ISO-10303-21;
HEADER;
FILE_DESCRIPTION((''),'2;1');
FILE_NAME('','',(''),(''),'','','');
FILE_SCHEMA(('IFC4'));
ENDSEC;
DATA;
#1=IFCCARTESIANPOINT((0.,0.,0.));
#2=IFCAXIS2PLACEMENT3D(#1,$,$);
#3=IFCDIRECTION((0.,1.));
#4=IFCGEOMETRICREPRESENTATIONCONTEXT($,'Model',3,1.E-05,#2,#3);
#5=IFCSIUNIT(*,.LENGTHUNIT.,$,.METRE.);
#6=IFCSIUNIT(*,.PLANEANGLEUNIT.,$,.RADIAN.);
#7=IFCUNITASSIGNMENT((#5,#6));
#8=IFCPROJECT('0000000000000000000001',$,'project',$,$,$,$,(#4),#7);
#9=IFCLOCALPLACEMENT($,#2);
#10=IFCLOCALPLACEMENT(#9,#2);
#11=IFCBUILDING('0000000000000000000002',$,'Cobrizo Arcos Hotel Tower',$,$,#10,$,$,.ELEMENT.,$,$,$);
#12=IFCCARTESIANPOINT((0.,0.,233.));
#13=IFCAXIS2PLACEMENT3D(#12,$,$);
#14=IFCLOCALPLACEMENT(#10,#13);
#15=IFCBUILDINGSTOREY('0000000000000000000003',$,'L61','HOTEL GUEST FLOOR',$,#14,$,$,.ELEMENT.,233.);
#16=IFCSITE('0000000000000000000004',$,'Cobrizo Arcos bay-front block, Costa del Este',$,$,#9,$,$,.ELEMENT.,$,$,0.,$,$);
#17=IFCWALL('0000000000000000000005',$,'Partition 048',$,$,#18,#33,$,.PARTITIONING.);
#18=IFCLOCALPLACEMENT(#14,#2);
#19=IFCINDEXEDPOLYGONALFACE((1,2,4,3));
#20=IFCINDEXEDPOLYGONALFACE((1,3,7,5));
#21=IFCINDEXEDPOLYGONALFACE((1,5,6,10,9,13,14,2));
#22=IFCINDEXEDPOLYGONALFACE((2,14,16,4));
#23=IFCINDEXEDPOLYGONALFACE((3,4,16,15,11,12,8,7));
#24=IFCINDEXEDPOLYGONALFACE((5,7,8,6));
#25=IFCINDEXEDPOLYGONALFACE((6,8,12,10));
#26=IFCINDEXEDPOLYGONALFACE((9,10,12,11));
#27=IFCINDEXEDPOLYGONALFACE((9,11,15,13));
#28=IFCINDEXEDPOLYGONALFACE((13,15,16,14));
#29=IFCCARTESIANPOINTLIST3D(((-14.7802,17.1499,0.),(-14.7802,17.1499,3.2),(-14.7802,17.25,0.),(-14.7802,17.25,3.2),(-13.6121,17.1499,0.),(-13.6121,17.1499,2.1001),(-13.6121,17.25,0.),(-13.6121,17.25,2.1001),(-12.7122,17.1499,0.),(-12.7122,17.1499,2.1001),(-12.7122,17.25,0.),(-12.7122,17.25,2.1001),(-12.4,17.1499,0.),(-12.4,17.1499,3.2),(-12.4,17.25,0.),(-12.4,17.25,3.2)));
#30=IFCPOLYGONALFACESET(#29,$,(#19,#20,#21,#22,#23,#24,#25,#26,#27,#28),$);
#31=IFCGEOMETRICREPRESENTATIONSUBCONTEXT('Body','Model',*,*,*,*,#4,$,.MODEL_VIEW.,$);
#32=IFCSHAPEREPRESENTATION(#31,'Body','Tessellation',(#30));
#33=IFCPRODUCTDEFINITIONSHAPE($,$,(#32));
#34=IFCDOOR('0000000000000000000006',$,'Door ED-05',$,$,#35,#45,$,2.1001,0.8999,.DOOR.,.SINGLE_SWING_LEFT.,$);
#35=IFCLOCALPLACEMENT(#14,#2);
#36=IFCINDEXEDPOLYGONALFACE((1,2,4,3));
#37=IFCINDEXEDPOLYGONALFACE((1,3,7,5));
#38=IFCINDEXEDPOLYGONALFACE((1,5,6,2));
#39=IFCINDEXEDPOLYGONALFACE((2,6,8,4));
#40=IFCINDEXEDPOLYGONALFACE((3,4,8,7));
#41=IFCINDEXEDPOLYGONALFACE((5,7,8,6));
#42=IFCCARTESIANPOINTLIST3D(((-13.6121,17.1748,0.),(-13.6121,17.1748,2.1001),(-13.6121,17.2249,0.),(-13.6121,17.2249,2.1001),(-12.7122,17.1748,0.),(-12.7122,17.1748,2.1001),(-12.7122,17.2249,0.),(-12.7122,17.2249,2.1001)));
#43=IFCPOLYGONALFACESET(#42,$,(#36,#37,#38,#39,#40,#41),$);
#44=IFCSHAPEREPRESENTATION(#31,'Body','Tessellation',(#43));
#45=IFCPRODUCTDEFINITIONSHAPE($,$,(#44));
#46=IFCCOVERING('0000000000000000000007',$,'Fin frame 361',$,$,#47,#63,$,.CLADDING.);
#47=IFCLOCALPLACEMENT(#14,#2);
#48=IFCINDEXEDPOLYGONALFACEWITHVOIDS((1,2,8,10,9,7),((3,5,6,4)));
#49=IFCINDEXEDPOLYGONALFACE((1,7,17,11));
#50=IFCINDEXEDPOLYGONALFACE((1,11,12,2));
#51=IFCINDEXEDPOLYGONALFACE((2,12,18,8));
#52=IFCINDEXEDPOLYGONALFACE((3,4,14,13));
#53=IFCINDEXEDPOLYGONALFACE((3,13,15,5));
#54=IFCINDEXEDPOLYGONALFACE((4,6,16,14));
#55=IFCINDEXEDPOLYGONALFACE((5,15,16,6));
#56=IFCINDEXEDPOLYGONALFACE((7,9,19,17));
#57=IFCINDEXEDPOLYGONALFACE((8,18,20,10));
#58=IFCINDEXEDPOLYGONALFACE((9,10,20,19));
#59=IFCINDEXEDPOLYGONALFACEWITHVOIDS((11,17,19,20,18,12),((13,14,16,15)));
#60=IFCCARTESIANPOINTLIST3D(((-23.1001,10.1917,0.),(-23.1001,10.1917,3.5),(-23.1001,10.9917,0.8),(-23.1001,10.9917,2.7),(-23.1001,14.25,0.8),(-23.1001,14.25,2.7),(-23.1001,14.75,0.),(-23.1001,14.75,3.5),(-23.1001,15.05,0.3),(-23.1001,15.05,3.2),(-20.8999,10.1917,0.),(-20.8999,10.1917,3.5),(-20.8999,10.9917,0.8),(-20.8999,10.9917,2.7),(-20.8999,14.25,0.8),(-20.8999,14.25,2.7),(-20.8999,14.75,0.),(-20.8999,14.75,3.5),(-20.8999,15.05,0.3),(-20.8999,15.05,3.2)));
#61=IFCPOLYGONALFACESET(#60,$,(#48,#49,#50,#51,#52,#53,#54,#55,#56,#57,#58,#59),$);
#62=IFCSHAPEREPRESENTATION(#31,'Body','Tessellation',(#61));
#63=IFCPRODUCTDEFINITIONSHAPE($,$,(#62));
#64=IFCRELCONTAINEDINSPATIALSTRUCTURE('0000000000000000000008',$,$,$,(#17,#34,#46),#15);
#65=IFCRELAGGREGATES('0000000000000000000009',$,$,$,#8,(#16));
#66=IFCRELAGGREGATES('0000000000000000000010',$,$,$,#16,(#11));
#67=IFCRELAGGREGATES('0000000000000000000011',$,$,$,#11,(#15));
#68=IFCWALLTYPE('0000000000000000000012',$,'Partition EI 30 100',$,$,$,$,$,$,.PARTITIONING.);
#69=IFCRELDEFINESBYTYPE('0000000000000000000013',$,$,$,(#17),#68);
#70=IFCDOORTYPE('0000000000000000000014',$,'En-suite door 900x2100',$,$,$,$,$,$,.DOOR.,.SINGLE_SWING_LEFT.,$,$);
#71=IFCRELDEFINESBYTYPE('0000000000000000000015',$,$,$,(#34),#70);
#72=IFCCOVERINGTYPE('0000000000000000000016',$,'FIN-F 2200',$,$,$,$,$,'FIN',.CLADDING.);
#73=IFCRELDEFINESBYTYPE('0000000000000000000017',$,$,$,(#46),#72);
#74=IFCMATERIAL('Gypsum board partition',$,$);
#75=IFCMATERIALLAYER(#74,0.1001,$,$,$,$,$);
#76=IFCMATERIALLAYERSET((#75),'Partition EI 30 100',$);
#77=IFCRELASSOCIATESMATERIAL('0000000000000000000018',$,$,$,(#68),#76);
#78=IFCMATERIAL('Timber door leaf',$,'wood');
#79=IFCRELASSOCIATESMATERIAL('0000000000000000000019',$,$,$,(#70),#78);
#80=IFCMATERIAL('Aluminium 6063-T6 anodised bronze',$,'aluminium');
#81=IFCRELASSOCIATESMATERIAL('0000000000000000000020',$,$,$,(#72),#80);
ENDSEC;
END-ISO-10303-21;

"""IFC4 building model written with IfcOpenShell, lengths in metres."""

from ifc_helpers import new_model, si_unit, direction, frame, frame_2d, origin, place, context, subcontext, project, spatial, polyline, rectangle, outline, extrude, material, layer, layer_set, type_object, element, fill, save


model = new_model("IFC4")

# Units and contexts
model_context = context("Model", 3, precision=1e-05, world=origin(), true_north=direction((0.0, 1.0)))
body_context = subcontext(model_context, "Body", "Model", "MODEL_VIEW")
ifc_project = project(units=[si_unit("LENGTHUNIT", "METRE"), si_unit("PLANEANGLEUNIT", "RADIAN")], contexts=[model_context])

# Site, building, storey
site_placement = place(None, origin())
site = spatial("IfcSite", under=ifc_project, at=site_placement, Name="Cobrizo Arcos bay-front block, Costa del Este", CompositionType="ELEMENT", RefElevation=0.0)
building_placement = place(site_placement, origin())
building = spatial("IfcBuilding", under=site, at=building_placement, Name="Cobrizo Arcos Hotel Tower", CompositionType="ELEMENT")
storey_placement = place(building_placement, frame((0.0, 0.0, 233.0)))
storey = spatial("IfcBuildingStorey", under=building, at=storey_placement, Name="L61", Description="HOTEL GUEST FLOOR", CompositionType="ELEMENT", Elevation=233.0)

# Shared definitions
ifc_material_1 = material(Name="Aluminium 6063-T6 anodised bronze", Category="aluminium")

# Shared definitions
ifc_material_2 = material(Name="Gypsum board partition")
ifc_material_3 = material(Name="Timber door leaf", Category="wood")

# Wall, opening, door
ifc_layer_1 = layer(ifc_material_2, 0.1001)
ifc_layer_set_1 = layer_set([ifc_layer_1], Name="Partition EI 30 100")
wall_type_1 = type_object("IfcWallType", Name="Partition EI 30 100", PredefinedType="PARTITIONING", material=ifc_layer_set_1)
wall_1_placement = place(storey_placement, frame((-14.78, 17.2, 0.0), z_axis=(0.0, 0.0, 1.0), x_axis=(1.0, 0.0, 0.0)))
wall_1 = element("IfcWall", 1, at=wall_1_placement, inside=storey, type_object=wall_type_1, Name="Partition 048", PredefinedType="PARTITIONING", context=body_context, shape_type="SweptSolid", body=[
    extrude(rectangle(XDim=2.3801, YDim=0.1001, at=frame_2d((1.1899, 0.0))), origin(), (0.0, 0.0, 1.0), 3.2),
])
opening_1_placement = place(wall_1_placement, frame((1.168, 0.0, 0.0)))
opening_1 = element("IfcOpeningElement", 2, at=opening_1_placement, cuts=wall_1, PredefinedType="OPENING", context=body_context, shape_type="SweptSolid", body=[
    extrude(rectangle(XDim=0.8999, YDim=2.1001, at=frame_2d((0.45, 1.05))), frame((0.0, 0.062, 0.0), z_axis=(0.0, -1.0, 0.0), x_axis=(1.0, 0.0, 0.0)), (0.0, 0.0, 1.0), 0.124),
])
door_type_1 = type_object("IfcDoorType", Name="En-suite door 900x2100", OperationType="SINGLE_SWING_LEFT", PredefinedType="DOOR", material=ifc_material_3)
door_1_placement = place(opening_1_placement, origin())
door_1 = element("IfcDoor", 3, at=door_1_placement, inside=storey, type_object=door_type_1, Name="Door ED-05", OperationType="SINGLE_SWING_LEFT", OverallHeight=2.1001, OverallWidth=0.8999, PredefinedType="DOOR", context=body_context, shape_type="SweptSolid", body=[
    extrude(rectangle(XDim=0.8999, YDim=2.1001, at=frame_2d((0.45, 1.05))), frame((0.0, 0.0249, 0.0), z_axis=(0.0, -1.0, 0.0), x_axis=(1.0, 0.0, 0.0)), (0.0, 0.0, 1.0), 0.05),
])
fill(opening_1, door_1)

# Covering
covering_type = type_object("IfcCoveringType", Name="FIN-F 2200", ElementType="FIN", PredefinedType="CLADDING", material=ifc_material_1)
covering_placement = place(storey_placement, frame((-20.8999, 15.05, 0.0), z_axis=(-1.0, 0.0, 0.0), x_axis=(0.0, -1.0, 0.0)))
element("IfcCovering", 4, at=covering_placement, inside=storey, type_object=covering_type, Name="Fin frame 361", PredefinedType="CLADDING", context=body_context, shape_type="SweptSolid", body=[
    extrude(outline(polyline([(0.0, 0.3), (0.3, 0.0), (4.8584, 0.0), (4.8584, 3.5), (0.3, 3.5), (0.0, 3.2), (0.0, 0.3)]), holes=[polyline([(4.0583, 0.8), (0.8, 0.8), (0.8, 2.7), (4.0583, 2.7), (4.0583, 0.8)])]), origin(), (0.0, 0.0, 1.0), 2.2002),
])

save(model, "model.ifc")
